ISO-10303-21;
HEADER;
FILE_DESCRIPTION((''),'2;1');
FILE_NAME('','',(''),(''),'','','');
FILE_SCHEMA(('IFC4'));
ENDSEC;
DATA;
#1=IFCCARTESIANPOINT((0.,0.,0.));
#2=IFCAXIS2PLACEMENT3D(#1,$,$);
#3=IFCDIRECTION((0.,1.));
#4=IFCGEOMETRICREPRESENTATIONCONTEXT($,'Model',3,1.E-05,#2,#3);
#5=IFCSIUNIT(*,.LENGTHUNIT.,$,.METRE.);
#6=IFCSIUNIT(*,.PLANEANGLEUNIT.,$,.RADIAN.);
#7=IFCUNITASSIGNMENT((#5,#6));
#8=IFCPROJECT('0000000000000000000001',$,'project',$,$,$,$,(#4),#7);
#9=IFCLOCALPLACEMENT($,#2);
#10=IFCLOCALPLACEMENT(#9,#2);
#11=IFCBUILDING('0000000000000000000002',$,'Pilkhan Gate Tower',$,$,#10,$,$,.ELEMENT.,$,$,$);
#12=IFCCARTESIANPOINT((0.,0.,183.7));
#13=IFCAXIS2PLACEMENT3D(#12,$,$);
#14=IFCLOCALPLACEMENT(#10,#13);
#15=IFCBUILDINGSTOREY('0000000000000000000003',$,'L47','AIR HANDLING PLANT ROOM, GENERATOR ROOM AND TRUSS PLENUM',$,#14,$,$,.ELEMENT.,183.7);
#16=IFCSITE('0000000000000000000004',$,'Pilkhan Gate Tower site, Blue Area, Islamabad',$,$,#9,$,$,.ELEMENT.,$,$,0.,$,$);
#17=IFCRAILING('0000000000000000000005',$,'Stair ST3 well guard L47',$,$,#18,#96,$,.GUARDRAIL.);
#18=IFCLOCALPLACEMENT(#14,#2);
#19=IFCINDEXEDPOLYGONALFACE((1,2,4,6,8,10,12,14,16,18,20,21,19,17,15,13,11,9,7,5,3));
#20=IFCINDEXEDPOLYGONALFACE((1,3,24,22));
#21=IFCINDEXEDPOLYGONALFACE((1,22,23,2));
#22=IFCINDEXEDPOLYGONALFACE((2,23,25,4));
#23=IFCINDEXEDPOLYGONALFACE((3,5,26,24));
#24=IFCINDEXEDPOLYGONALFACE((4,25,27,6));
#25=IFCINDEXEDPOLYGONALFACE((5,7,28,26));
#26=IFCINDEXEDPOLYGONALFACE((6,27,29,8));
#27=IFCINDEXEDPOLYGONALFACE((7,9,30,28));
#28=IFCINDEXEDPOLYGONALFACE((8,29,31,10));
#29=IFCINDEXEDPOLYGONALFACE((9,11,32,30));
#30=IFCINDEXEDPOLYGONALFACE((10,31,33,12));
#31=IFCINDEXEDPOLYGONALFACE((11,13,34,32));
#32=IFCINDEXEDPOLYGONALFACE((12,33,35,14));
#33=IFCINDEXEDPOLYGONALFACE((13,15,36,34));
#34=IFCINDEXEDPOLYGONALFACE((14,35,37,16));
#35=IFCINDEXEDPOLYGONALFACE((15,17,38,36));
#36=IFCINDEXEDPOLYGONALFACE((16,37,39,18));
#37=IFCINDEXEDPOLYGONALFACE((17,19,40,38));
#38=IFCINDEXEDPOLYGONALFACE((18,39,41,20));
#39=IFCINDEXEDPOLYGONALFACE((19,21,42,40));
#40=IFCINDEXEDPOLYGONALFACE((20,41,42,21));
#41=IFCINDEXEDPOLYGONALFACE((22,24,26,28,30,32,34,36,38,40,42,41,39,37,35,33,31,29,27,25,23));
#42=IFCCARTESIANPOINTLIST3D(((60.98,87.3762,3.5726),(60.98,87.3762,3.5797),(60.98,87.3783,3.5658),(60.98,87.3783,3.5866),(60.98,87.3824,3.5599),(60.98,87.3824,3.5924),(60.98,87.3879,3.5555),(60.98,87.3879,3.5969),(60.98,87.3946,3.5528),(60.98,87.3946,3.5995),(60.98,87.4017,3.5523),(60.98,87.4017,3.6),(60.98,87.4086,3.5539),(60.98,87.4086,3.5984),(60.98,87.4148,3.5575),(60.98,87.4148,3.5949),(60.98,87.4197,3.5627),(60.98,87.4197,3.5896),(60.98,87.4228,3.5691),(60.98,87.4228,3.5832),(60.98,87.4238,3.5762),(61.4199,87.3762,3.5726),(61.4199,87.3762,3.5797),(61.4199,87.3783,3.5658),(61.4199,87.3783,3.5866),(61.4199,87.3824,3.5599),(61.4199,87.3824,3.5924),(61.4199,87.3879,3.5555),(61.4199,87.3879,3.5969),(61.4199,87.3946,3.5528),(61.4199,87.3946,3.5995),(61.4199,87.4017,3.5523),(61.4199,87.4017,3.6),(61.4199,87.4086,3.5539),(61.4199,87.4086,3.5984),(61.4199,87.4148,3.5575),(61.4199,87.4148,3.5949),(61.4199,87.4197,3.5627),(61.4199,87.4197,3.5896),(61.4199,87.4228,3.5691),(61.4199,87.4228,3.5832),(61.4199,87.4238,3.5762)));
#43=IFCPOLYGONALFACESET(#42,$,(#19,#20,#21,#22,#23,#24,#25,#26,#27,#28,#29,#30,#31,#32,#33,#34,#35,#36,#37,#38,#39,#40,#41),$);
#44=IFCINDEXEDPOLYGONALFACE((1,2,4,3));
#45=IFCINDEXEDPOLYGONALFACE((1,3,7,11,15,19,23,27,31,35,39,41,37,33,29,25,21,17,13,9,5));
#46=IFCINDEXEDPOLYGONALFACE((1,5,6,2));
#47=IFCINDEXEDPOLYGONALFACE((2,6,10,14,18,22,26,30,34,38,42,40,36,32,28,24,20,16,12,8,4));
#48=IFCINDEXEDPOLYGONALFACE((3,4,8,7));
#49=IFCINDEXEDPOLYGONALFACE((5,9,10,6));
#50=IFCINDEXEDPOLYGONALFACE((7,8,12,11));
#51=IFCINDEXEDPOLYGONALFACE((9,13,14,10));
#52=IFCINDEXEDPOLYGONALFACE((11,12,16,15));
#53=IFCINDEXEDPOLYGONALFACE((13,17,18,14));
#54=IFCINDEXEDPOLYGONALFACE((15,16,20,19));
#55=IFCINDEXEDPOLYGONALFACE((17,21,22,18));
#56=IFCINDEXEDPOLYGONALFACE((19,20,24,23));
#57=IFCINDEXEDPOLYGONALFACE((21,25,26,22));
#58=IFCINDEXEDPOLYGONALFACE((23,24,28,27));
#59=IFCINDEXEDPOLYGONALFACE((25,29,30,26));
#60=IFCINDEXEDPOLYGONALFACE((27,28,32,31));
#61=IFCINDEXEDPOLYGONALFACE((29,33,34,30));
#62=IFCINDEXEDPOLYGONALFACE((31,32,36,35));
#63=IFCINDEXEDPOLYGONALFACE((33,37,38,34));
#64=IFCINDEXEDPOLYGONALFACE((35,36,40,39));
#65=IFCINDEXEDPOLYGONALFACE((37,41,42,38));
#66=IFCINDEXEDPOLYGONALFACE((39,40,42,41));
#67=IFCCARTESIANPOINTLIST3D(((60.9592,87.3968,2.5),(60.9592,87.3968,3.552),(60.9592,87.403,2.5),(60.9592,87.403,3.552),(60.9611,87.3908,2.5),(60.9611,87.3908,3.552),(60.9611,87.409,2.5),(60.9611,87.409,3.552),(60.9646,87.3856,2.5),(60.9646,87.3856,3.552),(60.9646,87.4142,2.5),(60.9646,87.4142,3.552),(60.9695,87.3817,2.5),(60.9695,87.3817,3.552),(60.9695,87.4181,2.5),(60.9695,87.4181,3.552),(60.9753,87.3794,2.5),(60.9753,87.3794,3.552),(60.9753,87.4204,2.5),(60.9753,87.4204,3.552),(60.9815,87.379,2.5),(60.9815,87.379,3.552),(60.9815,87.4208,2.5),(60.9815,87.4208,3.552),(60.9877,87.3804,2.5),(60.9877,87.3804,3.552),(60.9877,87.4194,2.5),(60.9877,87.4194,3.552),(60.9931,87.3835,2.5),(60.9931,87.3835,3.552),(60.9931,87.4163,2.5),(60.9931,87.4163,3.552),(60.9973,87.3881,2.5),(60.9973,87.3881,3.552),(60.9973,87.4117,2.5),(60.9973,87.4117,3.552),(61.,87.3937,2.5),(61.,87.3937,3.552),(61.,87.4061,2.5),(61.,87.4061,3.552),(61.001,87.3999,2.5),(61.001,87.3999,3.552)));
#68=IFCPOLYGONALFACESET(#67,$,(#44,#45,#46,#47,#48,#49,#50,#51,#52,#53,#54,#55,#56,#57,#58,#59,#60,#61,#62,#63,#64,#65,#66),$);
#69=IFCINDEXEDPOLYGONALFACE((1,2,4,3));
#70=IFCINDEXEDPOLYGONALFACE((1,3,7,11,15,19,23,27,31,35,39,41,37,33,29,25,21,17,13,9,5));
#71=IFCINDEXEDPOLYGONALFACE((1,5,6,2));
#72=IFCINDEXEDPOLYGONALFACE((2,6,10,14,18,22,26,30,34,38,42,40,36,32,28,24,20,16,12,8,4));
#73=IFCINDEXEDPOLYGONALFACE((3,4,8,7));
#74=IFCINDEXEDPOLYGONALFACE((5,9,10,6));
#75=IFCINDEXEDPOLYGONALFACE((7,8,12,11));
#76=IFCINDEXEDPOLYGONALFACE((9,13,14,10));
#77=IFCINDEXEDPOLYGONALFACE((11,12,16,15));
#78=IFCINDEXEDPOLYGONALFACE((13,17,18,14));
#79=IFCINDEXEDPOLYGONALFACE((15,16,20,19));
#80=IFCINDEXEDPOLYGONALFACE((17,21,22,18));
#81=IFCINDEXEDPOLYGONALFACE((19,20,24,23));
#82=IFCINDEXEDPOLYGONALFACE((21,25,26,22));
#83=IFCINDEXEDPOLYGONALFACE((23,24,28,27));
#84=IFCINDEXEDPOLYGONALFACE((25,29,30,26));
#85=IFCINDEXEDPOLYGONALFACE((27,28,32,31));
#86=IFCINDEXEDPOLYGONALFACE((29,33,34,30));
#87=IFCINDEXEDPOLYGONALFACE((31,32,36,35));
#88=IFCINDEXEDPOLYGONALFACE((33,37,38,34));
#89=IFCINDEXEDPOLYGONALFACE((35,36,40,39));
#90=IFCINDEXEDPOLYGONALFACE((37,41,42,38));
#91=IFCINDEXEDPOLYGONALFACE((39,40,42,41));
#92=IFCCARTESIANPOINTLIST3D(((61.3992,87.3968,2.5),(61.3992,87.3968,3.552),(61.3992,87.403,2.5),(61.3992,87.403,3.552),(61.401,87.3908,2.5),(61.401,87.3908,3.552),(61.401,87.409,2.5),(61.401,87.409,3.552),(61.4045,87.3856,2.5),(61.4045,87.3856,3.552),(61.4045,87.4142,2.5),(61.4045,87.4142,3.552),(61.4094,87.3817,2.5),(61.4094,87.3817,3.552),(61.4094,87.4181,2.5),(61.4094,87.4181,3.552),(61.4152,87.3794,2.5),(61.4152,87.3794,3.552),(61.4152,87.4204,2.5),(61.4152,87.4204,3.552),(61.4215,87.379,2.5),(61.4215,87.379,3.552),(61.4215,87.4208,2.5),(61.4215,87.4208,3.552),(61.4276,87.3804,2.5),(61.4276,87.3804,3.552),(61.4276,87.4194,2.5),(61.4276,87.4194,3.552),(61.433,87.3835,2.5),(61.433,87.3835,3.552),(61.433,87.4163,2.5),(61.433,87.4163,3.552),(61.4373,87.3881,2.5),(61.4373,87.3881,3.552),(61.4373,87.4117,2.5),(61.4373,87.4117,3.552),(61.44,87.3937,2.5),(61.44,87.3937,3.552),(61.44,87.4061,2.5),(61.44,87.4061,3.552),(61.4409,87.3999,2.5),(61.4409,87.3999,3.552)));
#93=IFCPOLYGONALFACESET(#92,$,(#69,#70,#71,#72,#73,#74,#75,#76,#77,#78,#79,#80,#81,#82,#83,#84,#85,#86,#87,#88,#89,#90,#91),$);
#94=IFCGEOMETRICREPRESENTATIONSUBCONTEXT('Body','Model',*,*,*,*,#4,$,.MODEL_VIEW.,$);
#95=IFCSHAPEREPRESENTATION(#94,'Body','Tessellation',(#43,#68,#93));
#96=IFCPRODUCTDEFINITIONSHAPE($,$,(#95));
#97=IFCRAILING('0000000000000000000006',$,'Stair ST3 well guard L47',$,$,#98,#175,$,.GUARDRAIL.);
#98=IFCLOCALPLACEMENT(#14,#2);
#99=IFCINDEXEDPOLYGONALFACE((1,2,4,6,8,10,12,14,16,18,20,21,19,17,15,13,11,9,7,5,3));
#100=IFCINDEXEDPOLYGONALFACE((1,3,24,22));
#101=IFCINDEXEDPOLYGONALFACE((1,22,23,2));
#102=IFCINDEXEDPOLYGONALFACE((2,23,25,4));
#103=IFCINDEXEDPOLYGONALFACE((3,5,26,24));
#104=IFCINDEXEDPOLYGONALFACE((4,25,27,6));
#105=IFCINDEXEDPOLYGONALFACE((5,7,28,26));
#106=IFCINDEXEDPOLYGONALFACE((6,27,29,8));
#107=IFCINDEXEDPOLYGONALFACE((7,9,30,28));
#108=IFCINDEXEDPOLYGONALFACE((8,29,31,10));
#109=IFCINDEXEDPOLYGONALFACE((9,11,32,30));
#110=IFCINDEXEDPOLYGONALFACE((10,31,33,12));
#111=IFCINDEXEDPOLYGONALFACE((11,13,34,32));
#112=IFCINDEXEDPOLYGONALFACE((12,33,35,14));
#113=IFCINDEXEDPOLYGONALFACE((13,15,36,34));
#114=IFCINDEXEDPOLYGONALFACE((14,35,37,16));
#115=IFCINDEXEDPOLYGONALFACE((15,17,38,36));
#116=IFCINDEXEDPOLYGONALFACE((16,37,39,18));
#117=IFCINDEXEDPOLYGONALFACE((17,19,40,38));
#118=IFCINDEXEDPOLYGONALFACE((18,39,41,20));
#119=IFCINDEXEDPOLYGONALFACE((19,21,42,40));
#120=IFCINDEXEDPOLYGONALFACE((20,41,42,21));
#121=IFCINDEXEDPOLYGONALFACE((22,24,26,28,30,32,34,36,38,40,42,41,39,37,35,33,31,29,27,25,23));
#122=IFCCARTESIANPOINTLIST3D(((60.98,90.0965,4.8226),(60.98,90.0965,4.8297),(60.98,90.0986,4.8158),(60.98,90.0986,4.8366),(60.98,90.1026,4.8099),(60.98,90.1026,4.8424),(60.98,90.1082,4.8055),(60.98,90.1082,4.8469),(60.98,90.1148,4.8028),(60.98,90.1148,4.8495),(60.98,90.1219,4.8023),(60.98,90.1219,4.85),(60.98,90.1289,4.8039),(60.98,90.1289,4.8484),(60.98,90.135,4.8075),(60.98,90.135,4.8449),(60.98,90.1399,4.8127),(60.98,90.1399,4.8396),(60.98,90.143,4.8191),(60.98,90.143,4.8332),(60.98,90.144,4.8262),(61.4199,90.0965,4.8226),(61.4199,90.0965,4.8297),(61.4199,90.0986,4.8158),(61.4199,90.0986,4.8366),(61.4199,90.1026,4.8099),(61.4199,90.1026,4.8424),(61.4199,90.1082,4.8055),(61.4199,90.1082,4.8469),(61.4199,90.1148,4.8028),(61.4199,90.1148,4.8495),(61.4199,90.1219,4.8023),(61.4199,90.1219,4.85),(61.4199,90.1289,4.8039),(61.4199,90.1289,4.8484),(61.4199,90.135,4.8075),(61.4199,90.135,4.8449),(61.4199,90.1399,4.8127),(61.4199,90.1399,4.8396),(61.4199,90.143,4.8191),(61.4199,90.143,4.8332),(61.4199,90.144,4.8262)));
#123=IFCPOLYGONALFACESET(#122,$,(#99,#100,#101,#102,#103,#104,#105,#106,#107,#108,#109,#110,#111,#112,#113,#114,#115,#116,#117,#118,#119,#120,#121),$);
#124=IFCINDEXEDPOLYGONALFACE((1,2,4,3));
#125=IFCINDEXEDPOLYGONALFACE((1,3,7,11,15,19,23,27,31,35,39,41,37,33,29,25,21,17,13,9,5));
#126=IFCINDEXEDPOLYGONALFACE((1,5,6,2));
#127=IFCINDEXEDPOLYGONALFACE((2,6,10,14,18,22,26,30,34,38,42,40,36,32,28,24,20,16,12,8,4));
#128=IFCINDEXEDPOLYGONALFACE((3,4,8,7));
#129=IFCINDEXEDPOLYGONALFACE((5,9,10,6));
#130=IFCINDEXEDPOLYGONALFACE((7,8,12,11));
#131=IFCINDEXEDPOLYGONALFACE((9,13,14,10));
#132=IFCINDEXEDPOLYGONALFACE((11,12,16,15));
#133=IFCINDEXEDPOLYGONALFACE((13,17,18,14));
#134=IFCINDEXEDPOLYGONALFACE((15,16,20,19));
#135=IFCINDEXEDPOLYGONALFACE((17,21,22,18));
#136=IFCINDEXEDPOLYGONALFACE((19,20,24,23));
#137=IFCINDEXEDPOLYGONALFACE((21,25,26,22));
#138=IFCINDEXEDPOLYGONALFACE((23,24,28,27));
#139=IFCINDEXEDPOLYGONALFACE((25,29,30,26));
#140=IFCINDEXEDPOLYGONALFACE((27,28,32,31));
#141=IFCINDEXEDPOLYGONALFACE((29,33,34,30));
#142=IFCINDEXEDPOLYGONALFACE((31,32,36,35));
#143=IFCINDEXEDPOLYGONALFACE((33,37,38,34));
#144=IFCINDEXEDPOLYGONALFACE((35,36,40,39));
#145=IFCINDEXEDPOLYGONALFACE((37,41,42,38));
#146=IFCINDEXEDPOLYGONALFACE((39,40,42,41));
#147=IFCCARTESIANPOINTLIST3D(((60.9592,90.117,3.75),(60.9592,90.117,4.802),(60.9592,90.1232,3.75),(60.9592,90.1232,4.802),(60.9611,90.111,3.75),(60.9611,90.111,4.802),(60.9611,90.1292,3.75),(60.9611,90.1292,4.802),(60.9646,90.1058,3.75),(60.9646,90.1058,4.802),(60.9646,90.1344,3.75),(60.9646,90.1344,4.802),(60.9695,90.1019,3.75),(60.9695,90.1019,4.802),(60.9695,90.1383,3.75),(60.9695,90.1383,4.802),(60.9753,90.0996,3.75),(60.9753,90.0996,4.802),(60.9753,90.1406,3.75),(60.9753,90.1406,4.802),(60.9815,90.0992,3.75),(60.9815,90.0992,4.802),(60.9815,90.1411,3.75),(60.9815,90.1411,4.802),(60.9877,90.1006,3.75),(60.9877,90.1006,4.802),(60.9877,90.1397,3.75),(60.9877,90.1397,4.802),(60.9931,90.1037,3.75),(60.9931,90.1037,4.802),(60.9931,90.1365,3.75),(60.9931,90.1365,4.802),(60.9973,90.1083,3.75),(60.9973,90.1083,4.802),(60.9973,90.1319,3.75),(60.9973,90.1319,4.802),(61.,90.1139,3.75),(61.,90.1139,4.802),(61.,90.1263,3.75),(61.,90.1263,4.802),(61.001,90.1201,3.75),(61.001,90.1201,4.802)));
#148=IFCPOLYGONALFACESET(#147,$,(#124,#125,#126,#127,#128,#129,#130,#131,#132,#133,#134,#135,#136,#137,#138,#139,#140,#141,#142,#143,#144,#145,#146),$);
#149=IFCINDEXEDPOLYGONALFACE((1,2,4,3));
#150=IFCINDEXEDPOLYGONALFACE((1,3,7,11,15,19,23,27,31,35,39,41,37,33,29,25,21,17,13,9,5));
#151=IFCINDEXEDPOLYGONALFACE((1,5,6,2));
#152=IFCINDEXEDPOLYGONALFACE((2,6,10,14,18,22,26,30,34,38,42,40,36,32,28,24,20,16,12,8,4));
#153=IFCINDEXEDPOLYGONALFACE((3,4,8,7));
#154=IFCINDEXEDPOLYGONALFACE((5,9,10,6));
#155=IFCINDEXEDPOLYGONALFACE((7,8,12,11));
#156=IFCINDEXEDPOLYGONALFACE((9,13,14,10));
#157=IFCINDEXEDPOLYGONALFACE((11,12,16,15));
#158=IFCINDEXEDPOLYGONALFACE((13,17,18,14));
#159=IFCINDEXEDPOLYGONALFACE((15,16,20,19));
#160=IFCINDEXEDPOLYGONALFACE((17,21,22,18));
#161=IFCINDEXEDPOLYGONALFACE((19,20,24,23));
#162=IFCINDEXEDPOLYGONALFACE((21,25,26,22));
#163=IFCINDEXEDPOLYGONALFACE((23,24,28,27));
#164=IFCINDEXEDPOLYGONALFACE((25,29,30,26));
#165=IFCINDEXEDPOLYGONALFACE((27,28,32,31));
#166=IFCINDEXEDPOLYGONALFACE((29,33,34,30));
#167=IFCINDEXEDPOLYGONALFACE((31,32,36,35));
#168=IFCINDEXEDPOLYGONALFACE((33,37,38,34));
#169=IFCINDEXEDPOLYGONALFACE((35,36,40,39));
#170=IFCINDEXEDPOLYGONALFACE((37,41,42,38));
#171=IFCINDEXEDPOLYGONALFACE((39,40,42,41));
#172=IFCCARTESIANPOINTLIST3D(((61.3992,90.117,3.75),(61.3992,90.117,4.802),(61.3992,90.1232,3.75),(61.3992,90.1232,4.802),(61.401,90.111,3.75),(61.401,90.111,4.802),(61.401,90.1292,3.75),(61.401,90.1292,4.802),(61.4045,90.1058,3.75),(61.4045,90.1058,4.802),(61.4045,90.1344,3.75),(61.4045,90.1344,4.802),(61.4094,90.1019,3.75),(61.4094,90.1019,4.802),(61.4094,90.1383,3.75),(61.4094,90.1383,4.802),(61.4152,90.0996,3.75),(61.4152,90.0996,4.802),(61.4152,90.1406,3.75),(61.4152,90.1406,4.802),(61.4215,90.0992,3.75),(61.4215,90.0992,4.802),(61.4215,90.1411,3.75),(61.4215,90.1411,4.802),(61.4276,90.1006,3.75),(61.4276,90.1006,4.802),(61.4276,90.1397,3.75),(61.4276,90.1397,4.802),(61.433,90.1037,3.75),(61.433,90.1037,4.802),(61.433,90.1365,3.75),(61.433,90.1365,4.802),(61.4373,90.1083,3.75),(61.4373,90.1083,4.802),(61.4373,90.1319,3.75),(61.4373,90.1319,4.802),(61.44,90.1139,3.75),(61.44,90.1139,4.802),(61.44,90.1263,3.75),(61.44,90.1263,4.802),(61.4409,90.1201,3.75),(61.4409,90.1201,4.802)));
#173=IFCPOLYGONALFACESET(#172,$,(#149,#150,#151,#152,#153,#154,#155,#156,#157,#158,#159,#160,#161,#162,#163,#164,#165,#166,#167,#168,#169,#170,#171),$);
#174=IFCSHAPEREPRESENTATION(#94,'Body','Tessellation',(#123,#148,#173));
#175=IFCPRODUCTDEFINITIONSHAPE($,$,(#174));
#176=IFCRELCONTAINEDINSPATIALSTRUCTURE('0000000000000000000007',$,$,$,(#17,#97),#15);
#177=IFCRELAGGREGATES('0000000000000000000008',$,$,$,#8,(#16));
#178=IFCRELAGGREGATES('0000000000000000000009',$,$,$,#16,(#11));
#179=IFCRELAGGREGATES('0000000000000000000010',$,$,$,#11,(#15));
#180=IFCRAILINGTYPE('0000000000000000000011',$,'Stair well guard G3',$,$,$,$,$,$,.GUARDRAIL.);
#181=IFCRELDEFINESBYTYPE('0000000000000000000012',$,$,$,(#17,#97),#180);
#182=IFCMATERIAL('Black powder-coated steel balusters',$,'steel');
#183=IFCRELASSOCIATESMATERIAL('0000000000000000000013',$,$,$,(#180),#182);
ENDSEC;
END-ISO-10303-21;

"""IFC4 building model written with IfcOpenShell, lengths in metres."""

from ifc_helpers import new_model, si_unit, direction, frame, origin, origin_2d, place, context, subcontext, project, spatial, circle, extrude, material, type_object, element, save


model = new_model("IFC4")

# Units and contexts
model_context = context("Model", 3, precision=1e-05, world=origin(), true_north=direction((0.0, 1.0)))
body_context = subcontext(model_context, "Body", "Model", "MODEL_VIEW")
ifc_project = project(units=[si_unit("LENGTHUNIT", "METRE"), si_unit("PLANEANGLEUNIT", "RADIAN")], contexts=[model_context])

# Site, building, storey
site_placement = place(None, origin())
site = spatial("IfcSite", under=ifc_project, at=site_placement, Name="Pilkhan Gate Tower site, Blue Area, Islamabad", CompositionType="ELEMENT", RefElevation=0.0)
building_placement = place(site_placement, origin())
building = spatial("IfcBuilding", under=site, at=building_placement, Name="Pilkhan Gate Tower", CompositionType="ELEMENT")
storey_placement = place(building_placement, frame((0.0, 0.0, 183.7)))
storey = spatial("IfcBuildingStorey", under=building, at=storey_placement, Name="L47", Description="AIR HANDLING PLANT ROOM, GENERATOR ROOM AND TRUSS PLENUM", CompositionType="ELEMENT", Elevation=183.7)

# Railings
ifc_material_1 = material(Name="Black powder-coated steel balusters", Category="steel")
railing_type = type_object("IfcRailingType", Name="Stair well guard G3", PredefinedType="GUARDRAIL", material=ifc_material_1)
for number, where, name in (
    (1, (60.98, 87.3999, 2.5), "Stair ST3 well guard L47"),
    (2, (60.98, 90.1201, 3.75), "Stair ST3 well guard L47"),
):
    element("IfcRailing", number, at=place(storey_placement, frame(where)), inside=storey, type_object=railing_type, Name=name, PredefinedType="GUARDRAIL", context=body_context, shape_type="SweptSolid", body=[
        extrude(circle(Radius=0.0239, at=origin_2d()), frame((0.0, 0.0, 1.0762), z_axis=(1.0, 0.0, 0.0), x_axis=(0.0, 1.0, 0.0)), (0.0, 0.0, 1.0), 0.4399),
        extrude(circle(Radius=0.021, at=origin_2d()), origin(), (0.0, 0.0, 1.0), 1.052),
        extrude(circle(Radius=0.021, at=origin_2d()), frame((0.4399, 0.0, 0.0)), (0.0, 0.0, 1.0), 1.052),
    ])

save(model, "model.ifc")
